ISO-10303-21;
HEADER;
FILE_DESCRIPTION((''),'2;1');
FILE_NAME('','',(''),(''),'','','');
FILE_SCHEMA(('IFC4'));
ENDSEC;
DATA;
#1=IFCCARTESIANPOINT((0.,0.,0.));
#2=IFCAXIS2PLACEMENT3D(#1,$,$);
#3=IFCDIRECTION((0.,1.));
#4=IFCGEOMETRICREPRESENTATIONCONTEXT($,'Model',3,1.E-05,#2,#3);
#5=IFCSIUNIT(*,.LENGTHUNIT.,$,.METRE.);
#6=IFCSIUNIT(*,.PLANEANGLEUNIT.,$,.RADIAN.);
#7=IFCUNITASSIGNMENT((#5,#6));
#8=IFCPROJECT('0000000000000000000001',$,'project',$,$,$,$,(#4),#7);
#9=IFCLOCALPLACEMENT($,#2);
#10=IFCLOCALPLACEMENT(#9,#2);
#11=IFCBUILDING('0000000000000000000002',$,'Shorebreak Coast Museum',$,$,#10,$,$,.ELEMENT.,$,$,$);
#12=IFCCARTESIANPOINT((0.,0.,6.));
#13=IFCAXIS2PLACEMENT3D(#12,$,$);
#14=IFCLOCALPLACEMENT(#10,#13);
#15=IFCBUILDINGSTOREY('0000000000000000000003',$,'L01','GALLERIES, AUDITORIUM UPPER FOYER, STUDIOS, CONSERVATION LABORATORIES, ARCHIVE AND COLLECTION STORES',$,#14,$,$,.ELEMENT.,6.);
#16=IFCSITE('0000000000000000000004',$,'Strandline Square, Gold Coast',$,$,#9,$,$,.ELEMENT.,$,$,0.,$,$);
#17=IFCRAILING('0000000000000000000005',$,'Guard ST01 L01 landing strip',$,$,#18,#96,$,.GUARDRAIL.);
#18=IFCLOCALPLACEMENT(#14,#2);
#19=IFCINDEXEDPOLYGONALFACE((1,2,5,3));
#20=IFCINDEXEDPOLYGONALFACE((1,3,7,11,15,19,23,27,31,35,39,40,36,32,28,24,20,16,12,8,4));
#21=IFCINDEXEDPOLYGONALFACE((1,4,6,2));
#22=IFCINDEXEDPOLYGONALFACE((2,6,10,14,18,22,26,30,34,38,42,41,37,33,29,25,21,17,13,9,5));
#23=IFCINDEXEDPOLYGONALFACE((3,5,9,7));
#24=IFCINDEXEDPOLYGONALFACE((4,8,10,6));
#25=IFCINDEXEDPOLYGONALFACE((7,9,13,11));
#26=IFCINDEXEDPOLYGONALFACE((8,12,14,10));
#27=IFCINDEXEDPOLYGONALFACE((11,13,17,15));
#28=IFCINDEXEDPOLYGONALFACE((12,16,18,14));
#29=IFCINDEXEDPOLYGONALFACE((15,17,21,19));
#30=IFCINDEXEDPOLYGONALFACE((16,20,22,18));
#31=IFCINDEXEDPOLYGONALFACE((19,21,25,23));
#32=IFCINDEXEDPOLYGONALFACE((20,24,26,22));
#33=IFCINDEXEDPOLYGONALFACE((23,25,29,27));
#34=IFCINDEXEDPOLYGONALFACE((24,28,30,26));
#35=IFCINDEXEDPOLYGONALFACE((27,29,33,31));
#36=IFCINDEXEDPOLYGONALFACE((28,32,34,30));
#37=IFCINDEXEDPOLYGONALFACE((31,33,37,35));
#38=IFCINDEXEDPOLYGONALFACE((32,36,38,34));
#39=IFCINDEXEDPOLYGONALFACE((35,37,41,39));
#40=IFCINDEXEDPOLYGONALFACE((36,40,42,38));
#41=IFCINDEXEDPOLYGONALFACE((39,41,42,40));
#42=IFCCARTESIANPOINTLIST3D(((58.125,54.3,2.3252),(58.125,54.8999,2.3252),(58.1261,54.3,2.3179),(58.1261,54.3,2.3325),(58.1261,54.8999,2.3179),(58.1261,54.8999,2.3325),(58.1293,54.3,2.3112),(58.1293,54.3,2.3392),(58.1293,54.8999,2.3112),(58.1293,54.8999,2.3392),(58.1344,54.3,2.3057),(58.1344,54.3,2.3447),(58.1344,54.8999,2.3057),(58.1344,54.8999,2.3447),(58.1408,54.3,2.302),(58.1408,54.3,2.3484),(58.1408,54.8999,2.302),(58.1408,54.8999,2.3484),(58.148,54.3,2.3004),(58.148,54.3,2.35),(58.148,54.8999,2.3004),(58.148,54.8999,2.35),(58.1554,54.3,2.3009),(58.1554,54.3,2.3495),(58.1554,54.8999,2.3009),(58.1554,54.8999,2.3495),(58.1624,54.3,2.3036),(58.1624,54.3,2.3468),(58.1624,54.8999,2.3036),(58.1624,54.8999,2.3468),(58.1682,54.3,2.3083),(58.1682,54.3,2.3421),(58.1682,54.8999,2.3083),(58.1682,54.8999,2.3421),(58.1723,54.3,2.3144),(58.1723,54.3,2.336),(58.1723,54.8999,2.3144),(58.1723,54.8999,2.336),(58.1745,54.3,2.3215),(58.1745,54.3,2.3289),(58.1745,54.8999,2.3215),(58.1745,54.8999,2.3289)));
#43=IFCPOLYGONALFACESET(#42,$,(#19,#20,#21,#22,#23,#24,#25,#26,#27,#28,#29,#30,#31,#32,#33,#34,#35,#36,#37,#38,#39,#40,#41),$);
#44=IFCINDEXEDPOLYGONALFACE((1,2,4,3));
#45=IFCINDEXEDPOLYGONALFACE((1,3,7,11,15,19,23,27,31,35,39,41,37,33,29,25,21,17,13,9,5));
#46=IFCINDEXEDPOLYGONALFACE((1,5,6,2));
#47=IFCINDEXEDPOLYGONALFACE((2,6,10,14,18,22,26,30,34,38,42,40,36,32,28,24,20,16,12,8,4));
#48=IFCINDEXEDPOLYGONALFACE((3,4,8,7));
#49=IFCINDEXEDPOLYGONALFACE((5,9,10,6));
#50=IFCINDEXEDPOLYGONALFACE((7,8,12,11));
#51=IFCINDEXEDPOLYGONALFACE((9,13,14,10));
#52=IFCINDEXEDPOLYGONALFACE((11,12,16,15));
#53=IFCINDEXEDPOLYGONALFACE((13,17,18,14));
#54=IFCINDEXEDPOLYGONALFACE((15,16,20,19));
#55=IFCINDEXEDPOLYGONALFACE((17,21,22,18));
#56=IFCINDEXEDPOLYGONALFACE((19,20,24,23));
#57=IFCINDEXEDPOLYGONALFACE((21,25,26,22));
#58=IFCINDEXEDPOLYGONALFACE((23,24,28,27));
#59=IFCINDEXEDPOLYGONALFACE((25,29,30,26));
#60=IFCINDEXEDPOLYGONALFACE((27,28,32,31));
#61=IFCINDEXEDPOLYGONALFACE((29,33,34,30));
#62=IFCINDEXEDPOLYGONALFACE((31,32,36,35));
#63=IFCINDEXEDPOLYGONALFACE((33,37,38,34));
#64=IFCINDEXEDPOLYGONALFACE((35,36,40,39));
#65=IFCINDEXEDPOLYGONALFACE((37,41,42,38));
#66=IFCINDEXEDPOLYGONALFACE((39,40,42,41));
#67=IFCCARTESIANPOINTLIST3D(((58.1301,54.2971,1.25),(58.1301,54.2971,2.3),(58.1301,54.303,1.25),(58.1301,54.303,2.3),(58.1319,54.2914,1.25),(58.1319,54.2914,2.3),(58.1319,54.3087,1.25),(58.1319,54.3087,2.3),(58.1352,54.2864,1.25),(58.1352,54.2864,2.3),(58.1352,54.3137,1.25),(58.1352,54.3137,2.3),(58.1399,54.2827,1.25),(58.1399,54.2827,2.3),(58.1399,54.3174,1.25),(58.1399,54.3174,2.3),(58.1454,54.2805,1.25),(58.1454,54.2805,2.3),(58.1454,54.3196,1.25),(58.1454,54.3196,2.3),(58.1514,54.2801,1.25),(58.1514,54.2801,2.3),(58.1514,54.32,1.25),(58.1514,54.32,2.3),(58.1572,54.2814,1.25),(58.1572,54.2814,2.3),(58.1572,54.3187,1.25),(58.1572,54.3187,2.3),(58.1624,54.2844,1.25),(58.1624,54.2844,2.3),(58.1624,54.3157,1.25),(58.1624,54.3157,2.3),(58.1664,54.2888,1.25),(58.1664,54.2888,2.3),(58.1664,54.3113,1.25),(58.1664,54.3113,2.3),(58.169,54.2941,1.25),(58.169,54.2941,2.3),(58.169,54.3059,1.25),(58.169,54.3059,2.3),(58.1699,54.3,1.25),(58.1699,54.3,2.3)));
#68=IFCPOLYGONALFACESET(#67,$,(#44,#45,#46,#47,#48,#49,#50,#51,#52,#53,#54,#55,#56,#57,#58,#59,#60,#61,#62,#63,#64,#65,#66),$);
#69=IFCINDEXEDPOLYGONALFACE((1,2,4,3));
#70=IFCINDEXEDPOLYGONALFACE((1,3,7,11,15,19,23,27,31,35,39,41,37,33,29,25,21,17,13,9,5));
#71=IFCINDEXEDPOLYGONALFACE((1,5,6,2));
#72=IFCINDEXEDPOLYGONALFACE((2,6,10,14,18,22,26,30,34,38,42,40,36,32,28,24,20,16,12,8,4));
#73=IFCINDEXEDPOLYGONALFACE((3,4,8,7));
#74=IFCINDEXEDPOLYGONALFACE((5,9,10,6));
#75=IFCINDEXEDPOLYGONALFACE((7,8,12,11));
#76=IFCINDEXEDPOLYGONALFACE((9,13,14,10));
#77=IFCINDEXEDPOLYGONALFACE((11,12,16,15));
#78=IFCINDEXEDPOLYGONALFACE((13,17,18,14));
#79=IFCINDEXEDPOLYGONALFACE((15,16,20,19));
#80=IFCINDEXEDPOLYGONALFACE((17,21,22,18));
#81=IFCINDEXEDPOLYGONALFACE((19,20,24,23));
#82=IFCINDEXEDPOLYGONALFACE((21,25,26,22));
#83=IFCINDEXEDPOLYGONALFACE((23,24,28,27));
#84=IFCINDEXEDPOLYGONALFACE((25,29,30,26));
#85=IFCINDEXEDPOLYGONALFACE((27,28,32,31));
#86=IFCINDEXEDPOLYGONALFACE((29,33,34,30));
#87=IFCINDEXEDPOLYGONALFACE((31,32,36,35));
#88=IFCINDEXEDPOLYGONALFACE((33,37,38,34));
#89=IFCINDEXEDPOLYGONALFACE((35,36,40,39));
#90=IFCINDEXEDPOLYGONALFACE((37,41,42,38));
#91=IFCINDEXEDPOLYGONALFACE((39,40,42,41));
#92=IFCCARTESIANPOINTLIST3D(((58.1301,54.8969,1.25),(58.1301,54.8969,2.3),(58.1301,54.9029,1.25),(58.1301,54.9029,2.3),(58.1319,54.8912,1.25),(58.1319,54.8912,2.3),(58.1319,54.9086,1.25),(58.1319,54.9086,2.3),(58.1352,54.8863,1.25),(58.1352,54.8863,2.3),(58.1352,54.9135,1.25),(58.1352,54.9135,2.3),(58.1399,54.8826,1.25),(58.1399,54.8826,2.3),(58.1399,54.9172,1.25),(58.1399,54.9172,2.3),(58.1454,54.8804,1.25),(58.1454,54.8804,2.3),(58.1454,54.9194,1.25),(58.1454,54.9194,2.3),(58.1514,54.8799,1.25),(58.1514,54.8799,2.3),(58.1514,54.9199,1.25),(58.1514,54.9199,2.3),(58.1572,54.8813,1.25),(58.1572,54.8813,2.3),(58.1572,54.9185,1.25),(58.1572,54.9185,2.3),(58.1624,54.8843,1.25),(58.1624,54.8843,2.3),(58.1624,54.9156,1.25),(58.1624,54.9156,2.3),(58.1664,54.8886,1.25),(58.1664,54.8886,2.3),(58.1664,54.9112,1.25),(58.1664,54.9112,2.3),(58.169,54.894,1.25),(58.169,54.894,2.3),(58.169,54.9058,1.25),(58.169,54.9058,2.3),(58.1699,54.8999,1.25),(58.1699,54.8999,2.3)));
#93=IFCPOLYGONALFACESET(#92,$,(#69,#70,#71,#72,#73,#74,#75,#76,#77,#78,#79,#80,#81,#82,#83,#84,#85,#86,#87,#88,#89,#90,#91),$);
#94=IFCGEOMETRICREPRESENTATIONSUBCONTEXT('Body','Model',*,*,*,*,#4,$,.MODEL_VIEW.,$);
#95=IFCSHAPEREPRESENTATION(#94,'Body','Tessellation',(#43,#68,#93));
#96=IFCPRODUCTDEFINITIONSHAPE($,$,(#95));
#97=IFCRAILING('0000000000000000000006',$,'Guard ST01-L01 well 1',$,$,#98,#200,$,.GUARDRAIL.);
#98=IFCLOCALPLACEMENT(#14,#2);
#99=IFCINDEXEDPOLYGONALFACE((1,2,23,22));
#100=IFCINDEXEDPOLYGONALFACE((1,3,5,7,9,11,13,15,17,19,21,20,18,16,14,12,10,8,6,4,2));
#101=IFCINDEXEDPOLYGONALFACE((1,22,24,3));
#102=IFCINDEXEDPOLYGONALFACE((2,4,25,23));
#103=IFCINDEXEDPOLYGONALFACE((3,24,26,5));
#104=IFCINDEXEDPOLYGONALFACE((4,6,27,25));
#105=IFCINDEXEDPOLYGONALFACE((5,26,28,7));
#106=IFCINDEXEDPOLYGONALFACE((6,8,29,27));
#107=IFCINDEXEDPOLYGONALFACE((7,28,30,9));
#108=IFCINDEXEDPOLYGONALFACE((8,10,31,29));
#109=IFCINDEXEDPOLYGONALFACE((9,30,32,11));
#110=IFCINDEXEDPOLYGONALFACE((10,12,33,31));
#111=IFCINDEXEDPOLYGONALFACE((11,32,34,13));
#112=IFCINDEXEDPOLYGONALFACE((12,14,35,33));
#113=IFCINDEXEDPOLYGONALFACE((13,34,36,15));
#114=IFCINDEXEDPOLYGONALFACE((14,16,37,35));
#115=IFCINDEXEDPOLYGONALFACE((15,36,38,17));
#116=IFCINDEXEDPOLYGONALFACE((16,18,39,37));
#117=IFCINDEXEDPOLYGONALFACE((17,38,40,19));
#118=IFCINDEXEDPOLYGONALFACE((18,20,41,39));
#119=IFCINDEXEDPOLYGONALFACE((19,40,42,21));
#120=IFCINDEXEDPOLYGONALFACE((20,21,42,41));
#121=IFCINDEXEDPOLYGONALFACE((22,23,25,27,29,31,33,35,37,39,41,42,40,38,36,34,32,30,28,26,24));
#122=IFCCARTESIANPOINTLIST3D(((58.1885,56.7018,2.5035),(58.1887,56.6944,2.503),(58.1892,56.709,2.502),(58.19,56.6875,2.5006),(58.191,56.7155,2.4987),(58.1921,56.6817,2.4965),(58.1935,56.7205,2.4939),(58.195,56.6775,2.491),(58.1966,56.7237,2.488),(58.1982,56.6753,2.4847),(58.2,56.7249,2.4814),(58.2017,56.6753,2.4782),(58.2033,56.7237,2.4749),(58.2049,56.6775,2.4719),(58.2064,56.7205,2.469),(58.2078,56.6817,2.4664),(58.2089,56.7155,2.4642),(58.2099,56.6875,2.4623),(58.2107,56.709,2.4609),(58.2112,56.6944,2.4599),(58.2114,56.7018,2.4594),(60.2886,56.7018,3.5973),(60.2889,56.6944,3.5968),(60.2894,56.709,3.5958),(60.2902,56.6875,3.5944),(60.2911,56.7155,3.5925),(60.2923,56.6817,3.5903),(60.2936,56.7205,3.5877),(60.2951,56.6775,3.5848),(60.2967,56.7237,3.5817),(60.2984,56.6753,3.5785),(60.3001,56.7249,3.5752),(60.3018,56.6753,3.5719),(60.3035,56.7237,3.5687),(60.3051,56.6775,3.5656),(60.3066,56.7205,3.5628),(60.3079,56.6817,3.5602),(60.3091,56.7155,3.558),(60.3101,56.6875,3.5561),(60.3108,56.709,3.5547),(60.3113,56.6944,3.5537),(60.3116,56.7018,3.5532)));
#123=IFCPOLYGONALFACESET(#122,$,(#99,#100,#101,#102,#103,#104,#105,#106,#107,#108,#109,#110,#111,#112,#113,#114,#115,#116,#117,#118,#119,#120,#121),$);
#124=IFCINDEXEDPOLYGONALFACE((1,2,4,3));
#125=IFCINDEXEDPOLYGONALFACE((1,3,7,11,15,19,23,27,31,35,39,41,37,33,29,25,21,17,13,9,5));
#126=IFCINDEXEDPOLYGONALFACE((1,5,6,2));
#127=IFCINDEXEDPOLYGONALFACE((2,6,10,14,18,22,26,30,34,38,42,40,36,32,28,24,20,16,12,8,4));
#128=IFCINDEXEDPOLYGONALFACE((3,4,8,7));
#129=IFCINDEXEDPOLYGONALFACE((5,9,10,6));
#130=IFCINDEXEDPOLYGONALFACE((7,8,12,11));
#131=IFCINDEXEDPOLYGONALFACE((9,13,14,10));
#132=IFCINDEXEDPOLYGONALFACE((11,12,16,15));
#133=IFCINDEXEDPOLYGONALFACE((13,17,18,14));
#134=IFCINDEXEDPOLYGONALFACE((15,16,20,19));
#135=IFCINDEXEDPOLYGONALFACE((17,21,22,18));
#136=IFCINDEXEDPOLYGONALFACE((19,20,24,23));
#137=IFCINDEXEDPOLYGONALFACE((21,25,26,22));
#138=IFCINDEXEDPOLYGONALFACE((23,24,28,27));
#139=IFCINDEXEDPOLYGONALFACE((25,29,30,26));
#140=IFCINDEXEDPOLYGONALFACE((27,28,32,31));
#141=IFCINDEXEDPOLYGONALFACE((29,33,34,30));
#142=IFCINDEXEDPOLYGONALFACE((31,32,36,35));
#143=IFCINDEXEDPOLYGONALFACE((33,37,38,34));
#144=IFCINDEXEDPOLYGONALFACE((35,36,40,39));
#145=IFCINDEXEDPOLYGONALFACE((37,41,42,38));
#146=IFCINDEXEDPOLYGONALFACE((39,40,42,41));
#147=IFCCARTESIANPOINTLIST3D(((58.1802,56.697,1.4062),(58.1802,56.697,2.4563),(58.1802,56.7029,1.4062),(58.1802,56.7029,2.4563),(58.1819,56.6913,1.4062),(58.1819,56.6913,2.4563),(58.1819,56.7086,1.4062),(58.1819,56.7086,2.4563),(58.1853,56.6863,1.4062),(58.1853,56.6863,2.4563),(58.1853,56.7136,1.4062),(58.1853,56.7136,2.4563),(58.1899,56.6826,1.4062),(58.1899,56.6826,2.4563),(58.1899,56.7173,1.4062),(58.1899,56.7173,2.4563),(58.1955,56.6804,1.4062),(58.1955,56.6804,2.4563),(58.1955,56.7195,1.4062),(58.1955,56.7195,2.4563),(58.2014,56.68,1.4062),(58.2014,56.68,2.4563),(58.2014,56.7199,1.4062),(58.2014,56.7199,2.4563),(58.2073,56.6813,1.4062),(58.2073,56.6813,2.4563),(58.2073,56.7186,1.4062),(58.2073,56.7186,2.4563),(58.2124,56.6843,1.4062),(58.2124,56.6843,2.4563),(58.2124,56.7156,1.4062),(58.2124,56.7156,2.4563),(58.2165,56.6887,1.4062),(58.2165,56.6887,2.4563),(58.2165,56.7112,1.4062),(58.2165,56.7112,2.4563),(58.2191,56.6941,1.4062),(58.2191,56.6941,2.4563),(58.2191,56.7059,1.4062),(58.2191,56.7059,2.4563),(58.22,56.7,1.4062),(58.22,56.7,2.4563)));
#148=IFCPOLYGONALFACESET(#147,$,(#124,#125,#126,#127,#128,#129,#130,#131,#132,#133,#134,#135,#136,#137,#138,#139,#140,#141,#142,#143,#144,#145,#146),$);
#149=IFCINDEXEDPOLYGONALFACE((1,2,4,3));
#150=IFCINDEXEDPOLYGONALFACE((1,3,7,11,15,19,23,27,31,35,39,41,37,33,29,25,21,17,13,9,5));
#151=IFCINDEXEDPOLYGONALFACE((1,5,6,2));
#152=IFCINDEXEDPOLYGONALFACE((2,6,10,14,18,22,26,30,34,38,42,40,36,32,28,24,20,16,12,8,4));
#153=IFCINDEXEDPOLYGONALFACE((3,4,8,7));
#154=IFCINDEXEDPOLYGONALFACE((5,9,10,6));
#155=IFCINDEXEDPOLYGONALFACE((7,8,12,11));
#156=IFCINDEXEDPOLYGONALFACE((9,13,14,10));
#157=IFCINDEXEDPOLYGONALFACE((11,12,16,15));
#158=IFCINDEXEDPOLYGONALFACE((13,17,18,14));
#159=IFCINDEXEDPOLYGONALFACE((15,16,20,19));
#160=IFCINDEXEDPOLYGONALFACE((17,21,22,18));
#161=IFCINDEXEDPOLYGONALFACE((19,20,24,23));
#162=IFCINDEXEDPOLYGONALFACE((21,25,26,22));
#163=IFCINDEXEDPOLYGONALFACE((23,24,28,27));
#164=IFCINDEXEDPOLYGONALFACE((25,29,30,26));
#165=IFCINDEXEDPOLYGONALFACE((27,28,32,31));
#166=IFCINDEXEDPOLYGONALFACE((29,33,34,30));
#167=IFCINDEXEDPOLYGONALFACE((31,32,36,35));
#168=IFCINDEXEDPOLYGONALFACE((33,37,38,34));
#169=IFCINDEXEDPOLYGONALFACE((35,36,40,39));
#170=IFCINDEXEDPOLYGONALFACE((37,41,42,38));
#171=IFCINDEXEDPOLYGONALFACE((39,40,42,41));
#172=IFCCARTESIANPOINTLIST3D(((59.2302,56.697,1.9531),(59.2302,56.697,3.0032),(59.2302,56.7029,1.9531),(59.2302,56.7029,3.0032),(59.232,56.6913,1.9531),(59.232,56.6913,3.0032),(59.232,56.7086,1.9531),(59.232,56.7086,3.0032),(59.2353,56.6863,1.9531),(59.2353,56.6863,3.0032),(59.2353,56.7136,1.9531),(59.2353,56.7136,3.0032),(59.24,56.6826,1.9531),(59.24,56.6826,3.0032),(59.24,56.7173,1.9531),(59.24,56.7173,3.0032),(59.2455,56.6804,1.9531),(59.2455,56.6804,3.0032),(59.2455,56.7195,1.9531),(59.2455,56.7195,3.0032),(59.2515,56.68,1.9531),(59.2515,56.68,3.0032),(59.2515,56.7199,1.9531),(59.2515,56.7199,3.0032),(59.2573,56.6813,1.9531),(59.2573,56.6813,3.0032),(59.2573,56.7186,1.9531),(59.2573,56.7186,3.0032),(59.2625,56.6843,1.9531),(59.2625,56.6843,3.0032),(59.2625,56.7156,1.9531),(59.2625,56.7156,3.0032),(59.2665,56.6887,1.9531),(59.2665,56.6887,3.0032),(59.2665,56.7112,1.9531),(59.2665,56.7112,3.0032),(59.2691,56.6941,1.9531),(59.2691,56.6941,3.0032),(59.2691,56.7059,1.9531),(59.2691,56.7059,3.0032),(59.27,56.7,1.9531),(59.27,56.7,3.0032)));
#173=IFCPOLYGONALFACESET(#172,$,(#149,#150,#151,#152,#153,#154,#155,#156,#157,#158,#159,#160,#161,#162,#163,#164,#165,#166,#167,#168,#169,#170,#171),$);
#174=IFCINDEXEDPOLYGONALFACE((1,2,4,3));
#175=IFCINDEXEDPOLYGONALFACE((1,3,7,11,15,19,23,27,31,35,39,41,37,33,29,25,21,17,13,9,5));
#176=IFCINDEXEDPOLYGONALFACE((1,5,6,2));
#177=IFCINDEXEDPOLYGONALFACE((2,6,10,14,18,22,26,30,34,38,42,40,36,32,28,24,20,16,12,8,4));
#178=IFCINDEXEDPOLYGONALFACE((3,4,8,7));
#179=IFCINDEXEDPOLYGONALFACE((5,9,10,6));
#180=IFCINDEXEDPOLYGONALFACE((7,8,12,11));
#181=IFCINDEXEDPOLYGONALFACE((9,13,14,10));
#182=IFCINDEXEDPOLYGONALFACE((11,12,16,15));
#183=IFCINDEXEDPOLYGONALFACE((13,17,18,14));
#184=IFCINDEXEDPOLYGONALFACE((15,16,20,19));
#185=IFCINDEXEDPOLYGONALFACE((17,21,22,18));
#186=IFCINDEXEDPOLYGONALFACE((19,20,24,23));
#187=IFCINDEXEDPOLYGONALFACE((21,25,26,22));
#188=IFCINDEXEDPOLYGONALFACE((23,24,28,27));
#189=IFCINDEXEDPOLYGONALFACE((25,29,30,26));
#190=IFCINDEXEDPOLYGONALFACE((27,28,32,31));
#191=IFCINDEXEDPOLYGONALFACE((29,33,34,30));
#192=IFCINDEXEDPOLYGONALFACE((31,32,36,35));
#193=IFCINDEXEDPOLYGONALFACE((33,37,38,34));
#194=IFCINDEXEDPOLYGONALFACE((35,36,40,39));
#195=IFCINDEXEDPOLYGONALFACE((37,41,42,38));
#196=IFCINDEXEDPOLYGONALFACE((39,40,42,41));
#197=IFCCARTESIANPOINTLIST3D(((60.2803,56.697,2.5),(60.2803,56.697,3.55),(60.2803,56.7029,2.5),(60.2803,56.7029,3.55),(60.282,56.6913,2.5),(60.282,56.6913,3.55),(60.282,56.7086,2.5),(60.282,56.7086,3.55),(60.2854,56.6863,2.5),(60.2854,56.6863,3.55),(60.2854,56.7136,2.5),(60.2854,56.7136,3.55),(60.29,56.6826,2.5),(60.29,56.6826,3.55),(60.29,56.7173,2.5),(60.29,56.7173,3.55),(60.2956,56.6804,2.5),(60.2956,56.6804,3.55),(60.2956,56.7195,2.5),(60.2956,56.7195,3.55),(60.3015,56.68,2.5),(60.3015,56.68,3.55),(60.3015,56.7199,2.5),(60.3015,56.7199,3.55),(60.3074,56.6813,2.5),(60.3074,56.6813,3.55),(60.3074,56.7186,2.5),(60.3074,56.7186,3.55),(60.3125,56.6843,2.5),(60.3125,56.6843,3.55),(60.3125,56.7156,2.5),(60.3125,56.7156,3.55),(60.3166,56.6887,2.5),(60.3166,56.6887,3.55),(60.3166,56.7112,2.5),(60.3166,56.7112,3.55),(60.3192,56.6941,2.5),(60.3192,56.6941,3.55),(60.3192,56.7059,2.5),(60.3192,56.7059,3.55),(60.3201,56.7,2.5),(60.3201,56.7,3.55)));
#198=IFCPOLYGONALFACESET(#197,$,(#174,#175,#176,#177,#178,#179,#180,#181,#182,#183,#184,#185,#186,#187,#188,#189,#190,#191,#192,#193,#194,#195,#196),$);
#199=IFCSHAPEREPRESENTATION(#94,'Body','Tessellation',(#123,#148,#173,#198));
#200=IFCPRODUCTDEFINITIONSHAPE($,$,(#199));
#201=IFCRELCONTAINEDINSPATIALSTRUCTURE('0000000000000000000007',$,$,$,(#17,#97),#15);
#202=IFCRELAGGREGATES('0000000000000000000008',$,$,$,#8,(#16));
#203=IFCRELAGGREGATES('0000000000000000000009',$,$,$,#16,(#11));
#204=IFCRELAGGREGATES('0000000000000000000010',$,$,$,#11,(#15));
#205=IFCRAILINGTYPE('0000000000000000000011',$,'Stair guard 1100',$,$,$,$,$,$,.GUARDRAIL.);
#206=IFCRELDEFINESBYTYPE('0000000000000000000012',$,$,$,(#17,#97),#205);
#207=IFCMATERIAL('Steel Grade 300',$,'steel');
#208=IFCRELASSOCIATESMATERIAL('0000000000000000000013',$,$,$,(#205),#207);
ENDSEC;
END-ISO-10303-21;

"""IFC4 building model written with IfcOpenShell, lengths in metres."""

from ifc_helpers import new_model, si_unit, direction, frame, origin, origin_2d, place, context, subcontext, project, spatial, circle, extrude, material, type_object, element, save


model = new_model("IFC4")

# Units and contexts
model_context = context("Model", 3, precision=1e-05, world=origin(), true_north=direction((0.0, 1.0)))
body_context = subcontext(model_context, "Body", "Model", "MODEL_VIEW")
ifc_project = project(units=[si_unit("LENGTHUNIT", "METRE"), si_unit("PLANEANGLEUNIT", "RADIAN")], contexts=[model_context])

# Site, building, storey
site_placement = place(None, origin())
site = spatial("IfcSite", under=ifc_project, at=site_placement, Name="Strandline Square, Gold Coast", CompositionType="ELEMENT", RefElevation=0.0)
building_placement = place(site_placement, origin())
building = spatial("IfcBuilding", under=site, at=building_placement, Name="Shorebreak Coast Museum", CompositionType="ELEMENT")
storey_placement = place(building_placement, frame((0.0, 0.0, 6.0)))
storey = spatial("IfcBuildingStorey", under=building, at=storey_placement, Name="L01", Description="GALLERIES, AUDITORIUM UPPER FOYER, STUDIOS, CONSERVATION LABORATORIES, ARCHIVE AND COLLECTION STORES", CompositionType="ELEMENT", Elevation=6.0)

# Railings
ifc_material_1 = material(Name="Steel Grade 300", Category="steel")
railing_type_1 = type_object("IfcRailingType", Name="Stair guard 1100", PredefinedType="GUARDRAIL", material=ifc_material_1)
railing_1_placement = place(storey_placement, frame((58.1499, 54.3, 1.25)))
element("IfcRailing", 1, at=railing_1_placement, inside=storey, type_object=railing_type_1, Name="Guard ST01 L01 landing strip", PredefinedType="GUARDRAIL", context=body_context, shape_type="SweptSolid", body=[
    extrude(circle(Radius=0.0249, at=origin_2d()), frame((0.0, 0.0, 1.0752), z_axis=(0.0, 1.0, 0.0), x_axis=(-1.0, 0.0, 0.0)), (0.0, 0.0, 1.0), 0.5999),
    extrude(circle(Radius=0.02, at=origin_2d()), origin(), (0.0, 0.0, 1.0), 1.05),
    extrude(circle(Radius=0.02, at=origin_2d()), frame((0.0, 0.5999, 0.0)), (0.0, 0.0, 1.0), 1.05),
])
railing_2_placement = place(storey_placement, frame((58.2, 56.7, 1.4062)))
element("IfcRailing", 2, at=railing_2_placement, inside=storey, type_object=railing_type_1, Name="Guard ST01-L01 well 1", PredefinedType="GUARDRAIL", context=body_context, shape_type="SweptSolid", body=[
    extrude(circle(Radius=0.0249, at=origin_2d()), frame((0.0, 0.0, 1.0752), z_axis=(0.886923, 0.0, 0.461918), x_axis=(0.0, 1.0, 0.0)), (0.0, 0.0, 1.0), 2.3679),
    extrude(circle(Radius=0.02, at=origin_2d()), origin(), (0.0, 0.0, 1.0), 1.05),
    extrude(circle(Radius=0.02, at=origin_2d()), frame((1.05, 0.0, 0.5469)), (0.0, 0.0, 1.0), 1.05),
    extrude(circle(Radius=0.02, at=origin_2d()), frame((2.1001, 0.0, 1.0938)), (0.0, 0.0, 1.0), 1.05),
])

save(model, "model.ifc")
